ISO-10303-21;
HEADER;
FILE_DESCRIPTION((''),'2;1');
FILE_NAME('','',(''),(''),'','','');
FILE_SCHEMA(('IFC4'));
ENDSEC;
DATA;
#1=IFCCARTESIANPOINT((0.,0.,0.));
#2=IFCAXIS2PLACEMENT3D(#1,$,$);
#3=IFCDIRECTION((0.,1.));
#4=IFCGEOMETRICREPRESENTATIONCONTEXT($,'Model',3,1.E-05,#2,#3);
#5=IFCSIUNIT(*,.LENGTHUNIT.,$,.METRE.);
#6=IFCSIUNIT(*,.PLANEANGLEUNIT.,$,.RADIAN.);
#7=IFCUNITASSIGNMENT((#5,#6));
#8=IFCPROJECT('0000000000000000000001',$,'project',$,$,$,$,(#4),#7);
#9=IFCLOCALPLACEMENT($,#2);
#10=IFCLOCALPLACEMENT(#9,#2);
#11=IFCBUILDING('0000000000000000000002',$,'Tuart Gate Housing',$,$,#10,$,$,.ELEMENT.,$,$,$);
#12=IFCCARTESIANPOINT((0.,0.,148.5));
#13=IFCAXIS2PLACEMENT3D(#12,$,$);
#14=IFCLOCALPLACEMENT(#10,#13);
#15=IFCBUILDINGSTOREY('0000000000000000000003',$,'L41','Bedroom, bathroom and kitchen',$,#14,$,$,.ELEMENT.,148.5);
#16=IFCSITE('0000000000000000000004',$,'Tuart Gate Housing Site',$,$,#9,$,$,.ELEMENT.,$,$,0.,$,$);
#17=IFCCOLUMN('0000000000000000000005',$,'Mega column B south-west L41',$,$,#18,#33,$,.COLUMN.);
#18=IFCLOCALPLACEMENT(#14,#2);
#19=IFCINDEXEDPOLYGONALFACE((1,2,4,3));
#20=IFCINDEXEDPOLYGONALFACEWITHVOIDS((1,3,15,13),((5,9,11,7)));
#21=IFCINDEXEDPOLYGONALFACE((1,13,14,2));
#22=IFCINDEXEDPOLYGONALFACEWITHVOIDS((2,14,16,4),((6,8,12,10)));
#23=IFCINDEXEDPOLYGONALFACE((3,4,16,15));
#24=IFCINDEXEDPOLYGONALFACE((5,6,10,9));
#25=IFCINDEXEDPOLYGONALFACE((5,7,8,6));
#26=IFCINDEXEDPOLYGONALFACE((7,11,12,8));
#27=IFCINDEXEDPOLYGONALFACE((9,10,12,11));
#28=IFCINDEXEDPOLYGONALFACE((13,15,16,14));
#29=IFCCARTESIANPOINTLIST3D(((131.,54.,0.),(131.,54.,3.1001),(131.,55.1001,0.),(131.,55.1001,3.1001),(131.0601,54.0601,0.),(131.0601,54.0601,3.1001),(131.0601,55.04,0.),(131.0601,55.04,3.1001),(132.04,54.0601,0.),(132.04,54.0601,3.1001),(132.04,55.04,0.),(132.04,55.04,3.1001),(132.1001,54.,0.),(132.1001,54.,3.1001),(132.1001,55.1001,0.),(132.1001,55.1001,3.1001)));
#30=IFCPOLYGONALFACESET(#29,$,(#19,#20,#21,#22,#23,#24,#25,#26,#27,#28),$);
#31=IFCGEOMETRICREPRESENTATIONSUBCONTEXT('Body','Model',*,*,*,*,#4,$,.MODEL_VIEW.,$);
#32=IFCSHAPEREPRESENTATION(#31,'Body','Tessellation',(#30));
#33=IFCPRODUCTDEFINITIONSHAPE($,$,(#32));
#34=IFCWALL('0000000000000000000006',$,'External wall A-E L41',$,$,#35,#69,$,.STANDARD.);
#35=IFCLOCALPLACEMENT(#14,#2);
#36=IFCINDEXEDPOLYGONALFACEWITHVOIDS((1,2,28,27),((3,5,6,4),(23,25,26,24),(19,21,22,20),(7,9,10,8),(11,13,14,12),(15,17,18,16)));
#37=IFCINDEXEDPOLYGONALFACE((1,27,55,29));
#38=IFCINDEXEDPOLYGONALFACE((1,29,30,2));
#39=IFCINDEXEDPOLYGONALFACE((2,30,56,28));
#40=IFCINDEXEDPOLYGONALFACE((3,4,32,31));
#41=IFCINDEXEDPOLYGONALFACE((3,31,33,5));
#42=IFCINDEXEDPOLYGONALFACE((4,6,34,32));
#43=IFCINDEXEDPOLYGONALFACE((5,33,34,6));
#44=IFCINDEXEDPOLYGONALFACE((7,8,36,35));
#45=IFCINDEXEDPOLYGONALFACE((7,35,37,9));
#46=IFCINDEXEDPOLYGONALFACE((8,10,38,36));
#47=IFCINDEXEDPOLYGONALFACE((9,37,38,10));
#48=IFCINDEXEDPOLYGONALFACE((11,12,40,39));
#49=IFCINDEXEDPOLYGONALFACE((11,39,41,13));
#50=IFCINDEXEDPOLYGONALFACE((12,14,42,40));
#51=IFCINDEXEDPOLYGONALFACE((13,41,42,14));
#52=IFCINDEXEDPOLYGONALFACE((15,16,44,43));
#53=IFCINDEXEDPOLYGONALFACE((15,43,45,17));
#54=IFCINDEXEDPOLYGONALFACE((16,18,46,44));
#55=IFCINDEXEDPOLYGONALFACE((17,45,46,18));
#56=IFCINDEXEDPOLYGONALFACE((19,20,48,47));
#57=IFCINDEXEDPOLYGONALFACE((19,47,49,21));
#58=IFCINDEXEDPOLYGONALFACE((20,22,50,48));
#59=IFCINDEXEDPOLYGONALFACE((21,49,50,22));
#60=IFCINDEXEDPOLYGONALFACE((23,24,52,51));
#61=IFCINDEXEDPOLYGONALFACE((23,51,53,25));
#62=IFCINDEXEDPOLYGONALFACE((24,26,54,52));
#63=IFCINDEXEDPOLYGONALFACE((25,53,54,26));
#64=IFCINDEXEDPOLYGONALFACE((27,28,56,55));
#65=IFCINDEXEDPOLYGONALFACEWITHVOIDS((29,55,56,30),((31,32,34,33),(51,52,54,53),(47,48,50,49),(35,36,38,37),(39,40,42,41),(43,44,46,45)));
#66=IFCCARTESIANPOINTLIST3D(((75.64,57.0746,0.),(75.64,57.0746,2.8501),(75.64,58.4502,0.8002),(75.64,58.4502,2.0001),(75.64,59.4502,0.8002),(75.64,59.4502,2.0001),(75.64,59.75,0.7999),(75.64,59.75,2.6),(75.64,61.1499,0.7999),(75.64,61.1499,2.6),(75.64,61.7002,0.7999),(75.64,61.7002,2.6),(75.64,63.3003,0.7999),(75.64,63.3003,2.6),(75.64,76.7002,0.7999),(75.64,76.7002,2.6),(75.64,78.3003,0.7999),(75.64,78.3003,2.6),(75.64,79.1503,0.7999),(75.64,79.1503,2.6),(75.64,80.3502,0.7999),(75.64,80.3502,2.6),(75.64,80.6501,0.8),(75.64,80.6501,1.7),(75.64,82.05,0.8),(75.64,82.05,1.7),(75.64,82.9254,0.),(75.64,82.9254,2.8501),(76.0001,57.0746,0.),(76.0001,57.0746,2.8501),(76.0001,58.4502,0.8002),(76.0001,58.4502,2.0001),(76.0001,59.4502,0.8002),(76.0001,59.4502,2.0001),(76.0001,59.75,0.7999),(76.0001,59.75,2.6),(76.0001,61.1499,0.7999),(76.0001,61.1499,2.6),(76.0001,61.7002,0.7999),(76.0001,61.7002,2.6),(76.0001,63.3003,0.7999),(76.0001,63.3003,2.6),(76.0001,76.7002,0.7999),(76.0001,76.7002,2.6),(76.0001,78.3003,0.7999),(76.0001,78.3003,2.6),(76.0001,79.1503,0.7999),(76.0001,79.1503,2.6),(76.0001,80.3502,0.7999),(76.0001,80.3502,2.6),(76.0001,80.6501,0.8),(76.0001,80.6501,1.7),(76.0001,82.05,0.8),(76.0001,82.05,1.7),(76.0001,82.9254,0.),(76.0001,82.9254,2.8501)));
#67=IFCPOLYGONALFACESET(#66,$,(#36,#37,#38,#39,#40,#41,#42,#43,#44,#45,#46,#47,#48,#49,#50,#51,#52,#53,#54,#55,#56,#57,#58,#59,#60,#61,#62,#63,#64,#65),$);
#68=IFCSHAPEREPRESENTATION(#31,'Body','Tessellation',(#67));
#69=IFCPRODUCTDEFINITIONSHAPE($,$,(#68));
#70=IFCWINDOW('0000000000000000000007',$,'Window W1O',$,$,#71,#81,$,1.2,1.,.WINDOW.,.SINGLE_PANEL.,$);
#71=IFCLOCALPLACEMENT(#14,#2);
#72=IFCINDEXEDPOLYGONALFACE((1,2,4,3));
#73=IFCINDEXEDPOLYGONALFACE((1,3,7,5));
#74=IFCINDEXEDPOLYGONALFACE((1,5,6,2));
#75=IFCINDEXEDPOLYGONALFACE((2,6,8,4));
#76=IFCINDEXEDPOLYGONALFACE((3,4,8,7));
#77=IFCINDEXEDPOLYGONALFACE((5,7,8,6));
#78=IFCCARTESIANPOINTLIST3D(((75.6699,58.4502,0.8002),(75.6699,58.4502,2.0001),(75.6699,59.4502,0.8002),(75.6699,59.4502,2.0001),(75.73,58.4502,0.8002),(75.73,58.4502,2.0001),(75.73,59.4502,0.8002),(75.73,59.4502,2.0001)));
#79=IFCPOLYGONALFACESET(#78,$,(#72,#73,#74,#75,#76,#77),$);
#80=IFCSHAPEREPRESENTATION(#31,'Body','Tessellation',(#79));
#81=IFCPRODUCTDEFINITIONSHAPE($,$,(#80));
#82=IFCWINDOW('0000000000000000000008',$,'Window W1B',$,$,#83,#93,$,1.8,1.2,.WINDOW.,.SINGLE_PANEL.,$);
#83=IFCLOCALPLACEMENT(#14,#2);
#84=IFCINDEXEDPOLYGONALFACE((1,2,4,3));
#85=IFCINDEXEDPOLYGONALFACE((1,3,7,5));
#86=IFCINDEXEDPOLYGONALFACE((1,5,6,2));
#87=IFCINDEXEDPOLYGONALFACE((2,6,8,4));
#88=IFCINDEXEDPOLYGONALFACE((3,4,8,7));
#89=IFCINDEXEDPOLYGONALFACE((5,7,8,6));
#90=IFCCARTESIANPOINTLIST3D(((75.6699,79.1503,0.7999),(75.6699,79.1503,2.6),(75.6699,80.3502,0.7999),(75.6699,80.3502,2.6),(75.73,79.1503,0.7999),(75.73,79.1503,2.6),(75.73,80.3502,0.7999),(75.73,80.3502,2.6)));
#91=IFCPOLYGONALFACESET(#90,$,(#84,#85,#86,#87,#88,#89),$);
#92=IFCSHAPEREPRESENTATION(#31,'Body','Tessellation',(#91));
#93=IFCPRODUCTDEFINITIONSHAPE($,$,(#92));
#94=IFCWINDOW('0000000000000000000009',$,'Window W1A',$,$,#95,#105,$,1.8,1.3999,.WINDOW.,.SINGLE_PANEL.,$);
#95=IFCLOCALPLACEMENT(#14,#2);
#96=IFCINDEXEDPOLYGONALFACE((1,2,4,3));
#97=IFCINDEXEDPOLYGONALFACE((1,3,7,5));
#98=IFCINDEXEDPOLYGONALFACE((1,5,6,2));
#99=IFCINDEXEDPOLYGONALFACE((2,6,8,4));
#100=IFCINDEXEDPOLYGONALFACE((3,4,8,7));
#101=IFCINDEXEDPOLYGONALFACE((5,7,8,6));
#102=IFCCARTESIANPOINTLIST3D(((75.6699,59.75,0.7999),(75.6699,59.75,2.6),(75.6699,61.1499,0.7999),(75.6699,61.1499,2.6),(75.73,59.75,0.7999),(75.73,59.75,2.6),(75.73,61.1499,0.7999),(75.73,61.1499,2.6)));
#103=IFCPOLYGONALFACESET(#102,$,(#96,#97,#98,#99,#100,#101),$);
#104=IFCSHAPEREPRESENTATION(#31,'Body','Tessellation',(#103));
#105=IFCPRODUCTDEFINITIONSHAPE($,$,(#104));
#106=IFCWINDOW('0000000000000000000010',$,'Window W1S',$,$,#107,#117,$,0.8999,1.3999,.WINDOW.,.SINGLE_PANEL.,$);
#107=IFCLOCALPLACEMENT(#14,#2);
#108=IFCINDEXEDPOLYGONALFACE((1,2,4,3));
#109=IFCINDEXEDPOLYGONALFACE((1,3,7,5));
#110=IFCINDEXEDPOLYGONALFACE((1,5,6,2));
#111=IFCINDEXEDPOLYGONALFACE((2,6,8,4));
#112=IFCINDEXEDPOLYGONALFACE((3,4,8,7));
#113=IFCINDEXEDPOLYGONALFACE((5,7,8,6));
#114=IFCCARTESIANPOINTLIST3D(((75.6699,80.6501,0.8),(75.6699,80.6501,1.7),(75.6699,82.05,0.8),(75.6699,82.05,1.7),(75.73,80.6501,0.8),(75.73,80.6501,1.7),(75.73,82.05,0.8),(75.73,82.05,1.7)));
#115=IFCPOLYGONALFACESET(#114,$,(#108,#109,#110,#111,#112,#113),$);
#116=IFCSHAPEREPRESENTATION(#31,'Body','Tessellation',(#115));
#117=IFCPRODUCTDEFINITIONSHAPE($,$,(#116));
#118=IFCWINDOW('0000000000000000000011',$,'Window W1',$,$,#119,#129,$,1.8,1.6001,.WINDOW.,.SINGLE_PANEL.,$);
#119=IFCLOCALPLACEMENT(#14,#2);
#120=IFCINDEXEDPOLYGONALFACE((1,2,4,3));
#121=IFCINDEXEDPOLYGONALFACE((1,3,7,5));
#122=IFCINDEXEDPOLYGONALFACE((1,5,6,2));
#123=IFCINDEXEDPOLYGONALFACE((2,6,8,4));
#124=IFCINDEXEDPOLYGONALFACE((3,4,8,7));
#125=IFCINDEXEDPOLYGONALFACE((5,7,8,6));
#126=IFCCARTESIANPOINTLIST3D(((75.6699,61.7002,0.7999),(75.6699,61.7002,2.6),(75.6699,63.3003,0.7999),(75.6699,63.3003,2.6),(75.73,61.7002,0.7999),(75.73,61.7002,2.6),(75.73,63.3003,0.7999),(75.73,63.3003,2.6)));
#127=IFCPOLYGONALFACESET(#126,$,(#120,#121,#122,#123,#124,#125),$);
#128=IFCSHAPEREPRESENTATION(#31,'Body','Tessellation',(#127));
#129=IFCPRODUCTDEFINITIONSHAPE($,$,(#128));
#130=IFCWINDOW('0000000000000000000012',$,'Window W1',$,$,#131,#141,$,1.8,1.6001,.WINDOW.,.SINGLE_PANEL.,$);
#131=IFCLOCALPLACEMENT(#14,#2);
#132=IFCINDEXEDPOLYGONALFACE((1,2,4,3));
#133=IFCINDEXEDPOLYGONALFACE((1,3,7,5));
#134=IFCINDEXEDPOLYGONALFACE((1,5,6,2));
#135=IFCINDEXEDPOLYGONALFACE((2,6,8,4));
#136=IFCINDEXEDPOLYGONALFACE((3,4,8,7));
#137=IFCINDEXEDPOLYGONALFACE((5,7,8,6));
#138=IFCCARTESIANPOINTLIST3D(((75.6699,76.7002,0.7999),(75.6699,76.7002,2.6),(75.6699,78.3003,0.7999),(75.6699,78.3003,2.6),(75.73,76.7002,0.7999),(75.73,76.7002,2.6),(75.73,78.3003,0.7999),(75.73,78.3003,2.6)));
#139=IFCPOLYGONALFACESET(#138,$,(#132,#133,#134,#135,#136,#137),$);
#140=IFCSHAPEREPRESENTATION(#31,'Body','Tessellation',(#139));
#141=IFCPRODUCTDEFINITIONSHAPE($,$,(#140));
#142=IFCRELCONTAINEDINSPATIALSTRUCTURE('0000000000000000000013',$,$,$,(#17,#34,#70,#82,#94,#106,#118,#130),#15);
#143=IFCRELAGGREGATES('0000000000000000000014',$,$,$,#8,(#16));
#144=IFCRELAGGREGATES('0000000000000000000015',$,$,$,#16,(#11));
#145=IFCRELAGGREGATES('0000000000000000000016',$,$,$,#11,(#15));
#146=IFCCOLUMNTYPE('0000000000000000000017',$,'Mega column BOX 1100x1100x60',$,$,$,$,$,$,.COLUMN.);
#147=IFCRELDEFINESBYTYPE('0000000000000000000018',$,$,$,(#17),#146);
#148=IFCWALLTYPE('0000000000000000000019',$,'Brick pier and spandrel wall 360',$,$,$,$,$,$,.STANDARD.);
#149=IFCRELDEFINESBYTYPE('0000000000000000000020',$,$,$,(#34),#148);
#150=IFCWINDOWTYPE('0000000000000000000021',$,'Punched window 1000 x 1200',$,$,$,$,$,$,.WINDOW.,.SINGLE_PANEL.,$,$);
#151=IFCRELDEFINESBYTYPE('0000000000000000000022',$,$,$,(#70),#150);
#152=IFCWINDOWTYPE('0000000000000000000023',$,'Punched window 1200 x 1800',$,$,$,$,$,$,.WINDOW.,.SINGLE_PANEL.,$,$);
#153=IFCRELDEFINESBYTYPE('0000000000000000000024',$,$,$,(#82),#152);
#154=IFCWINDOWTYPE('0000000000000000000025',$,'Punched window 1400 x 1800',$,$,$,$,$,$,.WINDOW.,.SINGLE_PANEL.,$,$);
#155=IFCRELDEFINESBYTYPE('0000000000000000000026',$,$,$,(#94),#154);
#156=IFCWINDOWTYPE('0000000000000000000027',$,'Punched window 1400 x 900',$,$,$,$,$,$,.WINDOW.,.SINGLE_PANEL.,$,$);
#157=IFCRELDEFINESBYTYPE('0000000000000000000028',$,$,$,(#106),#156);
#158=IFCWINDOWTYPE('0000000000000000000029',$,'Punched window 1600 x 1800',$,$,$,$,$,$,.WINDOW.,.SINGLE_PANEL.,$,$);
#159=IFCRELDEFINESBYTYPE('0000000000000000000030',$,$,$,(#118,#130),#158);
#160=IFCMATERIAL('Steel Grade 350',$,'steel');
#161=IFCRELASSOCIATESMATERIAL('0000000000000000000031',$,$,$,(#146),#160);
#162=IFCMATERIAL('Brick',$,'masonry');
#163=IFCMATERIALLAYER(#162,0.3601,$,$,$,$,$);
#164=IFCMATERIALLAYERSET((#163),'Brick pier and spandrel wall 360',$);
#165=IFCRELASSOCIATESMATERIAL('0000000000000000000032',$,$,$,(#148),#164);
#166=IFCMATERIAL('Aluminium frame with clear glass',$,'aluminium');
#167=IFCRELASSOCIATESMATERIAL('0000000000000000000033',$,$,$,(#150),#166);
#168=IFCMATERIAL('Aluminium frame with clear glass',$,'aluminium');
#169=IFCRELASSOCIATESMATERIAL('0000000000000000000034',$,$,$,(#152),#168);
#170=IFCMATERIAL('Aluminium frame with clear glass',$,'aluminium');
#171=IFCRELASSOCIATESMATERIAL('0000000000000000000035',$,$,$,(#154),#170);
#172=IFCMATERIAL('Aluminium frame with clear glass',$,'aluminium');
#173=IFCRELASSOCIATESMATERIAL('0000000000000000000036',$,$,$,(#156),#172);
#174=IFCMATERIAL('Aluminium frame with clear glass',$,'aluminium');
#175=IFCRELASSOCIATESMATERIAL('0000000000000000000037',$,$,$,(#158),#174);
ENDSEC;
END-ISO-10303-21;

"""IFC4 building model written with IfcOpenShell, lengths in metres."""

from ifc_helpers import new_model, si_unit, direction, frame, frame_2d, origin, origin_2d, place, context, subcontext, project, spatial, rectangle, hollow_rectangle, extrude, material, layer, layer_set, material_profile, profile_set, type_object, element, fill, save


model = new_model("IFC4")

# Units and contexts
model_context = context("Model", 3, precision=1e-05, world=origin(), true_north=direction((0.0, 1.0)))
body_context = subcontext(model_context, "Body", "Model", "MODEL_VIEW")
ifc_project = project(units=[si_unit("LENGTHUNIT", "METRE"), si_unit("PLANEANGLEUNIT", "RADIAN")], contexts=[model_context])

# Site, building, storey
site_placement = place(None, origin())
site = spatial("IfcSite", under=ifc_project, at=site_placement, Name="Tuart Gate Housing Site", CompositionType="ELEMENT", RefElevation=0.0)
building_placement = place(site_placement, origin())
building = spatial("IfcBuilding", under=site, at=building_placement, Name="Tuart Gate Housing", CompositionType="ELEMENT")
storey_placement = place(building_placement, frame((0.0, 0.0, 148.5)))
storey = spatial("IfcBuildingStorey", under=building, at=storey_placement, Name="L41", Description="Bedroom, bathroom and kitchen", CompositionType="ELEMENT", Elevation=148.5)

# Column
ifc_material_1 = material(Name="Steel Grade 350", Category="steel")
ifc_material_profile = material_profile(ifc_material_1, hollow_rectangle(XDim=1.1001, YDim=1.1001, WallThickness=0.0601, at=origin_2d()), Name="BOX 1100x1100x60")
ifc_profile_set = profile_set([ifc_material_profile], Name="Steel Grade 350")
column_type = type_object("IfcColumnType", Name="Mega column BOX 1100x1100x60", PredefinedType="COLUMN", material=ifc_profile_set)
column_placement = place(storey_placement, frame((131.55, 54.55, 0.0), z_axis=(0.0, 0.0, 1.0), x_axis=(1.0, 0.0, 0.0)))
element("IfcColumn", 1, at=column_placement, inside=storey, type_object=column_type, Name="Mega column B south-west L41", PredefinedType="COLUMN", context=body_context, shape_type="SweptSolid", body=[
    extrude(hollow_rectangle(XDim=1.1001, YDim=1.1001, WallThickness=0.0601, at=origin_2d()), origin(), (0.0, 0.0, 1.0), 3.1001),
])

# Wall, openings, windows
ifc_material_2 = material(Name="Brick", Category="masonry")
ifc_layer_1 = layer(ifc_material_2, 0.3601)
ifc_layer_set_1 = layer_set([ifc_layer_1], Name="Brick pier and spandrel wall 360")
wall_type_1 = type_object("IfcWallType", Name="Brick pier and spandrel wall 360", PredefinedType="STANDARD", material=ifc_layer_set_1)
wall_1_placement = place(storey_placement, frame((75.8201, 57.0747, 0.0), z_axis=(0.0, 0.0, 1.0), x_axis=(0.0, 1.0, 0.0)))
wall_1 = element("IfcWall", 2, at=wall_1_placement, inside=storey, type_object=wall_type_1, Name="External wall A-E L41", PredefinedType="STANDARD", context=body_context, shape_type="SweptSolid", body=[
    extrude(rectangle(XDim=25.8508, YDim=0.3601, at=frame_2d((12.9253, 0.0))), origin(), (0.0, 0.0, 1.0), 2.8501),
])
opening_1_placement = place(wall_1_placement, frame((1.3755, 0.0, 0.8)))
opening_1 = element("IfcOpeningElement", 3, at=opening_1_placement, cuts=wall_1, PredefinedType="OPENING", context=body_context, shape_type="SweptSolid", body=[
    extrude(rectangle(XDim=1.0, YDim=1.2, at=frame_2d((0.5, 0.6001))), frame((0.0, 0.1899, 0.0), z_axis=(0.0, -1.0, 0.0), x_axis=(1.0, 0.0, 0.0)), (0.0, 0.0, 1.0), 0.3801),
])
opening_2_placement = place(wall_1_placement, frame((4.6255, 0.0, 0.8)))
opening_2 = element("IfcOpeningElement", 4, at=opening_2_placement, cuts=wall_1, PredefinedType="OPENING", context=body_context, shape_type="SweptSolid", body=[
    extrude(rectangle(XDim=1.6001, YDim=1.8, at=frame_2d((0.8, 0.8999))), frame((0.0, 0.1899, 0.0), z_axis=(0.0, -1.0, 0.0), x_axis=(1.0, 0.0, 0.0)), (0.0, 0.0, 1.0), 0.3801),
])
opening_3_placement = place(wall_1_placement, frame((19.6255, 0.0, 0.8)))
opening_3 = element("IfcOpeningElement", 5, at=opening_3_placement, cuts=wall_1, PredefinedType="OPENING", context=body_context, shape_type="SweptSolid", body=[
    extrude(rectangle(XDim=1.6001, YDim=1.8, at=frame_2d((0.8, 0.8999))), frame((0.0, 0.1899, 0.0), z_axis=(0.0, -1.0, 0.0), x_axis=(1.0, 0.0, 0.0)), (0.0, 0.0, 1.0), 0.3801),
])
opening_4_placement = place(wall_1_placement, frame((22.0754, 0.0, 0.8)))
opening_4 = element("IfcOpeningElement", 6, at=opening_4_placement, cuts=wall_1, PredefinedType="OPENING", context=body_context, shape_type="SweptSolid", body=[
    extrude(rectangle(XDim=1.2, YDim=1.8, at=frame_2d((0.6001, 0.8999))), frame((0.0, 0.1899, 0.0), z_axis=(0.0, -1.0, 0.0), x_axis=(1.0, 0.0, 0.0)), (0.0, 0.0, 1.0), 0.3801),
])
opening_5_placement = place(wall_1_placement, frame((2.6753, 0.0, 0.8)))
opening_5 = element("IfcOpeningElement", 7, at=opening_5_placement, cuts=wall_1, PredefinedType="OPENING", context=body_context, shape_type="SweptSolid", body=[
    extrude(rectangle(XDim=1.3999, YDim=1.8, at=frame_2d((0.7, 0.8999))), frame((0.0, 0.1899, 0.0), z_axis=(0.0, -1.0, 0.0), x_axis=(1.0, 0.0, 0.0)), (0.0, 0.0, 1.0), 0.3801),
])
opening_6_placement = place(wall_1_placement, frame((23.5754, 0.0, 0.8)))
opening_6 = element("IfcOpeningElement", 8, at=opening_6_placement, cuts=wall_1, PredefinedType="OPENING", context=body_context, shape_type="SweptSolid", body=[
    extrude(rectangle(XDim=1.3999, YDim=0.8999, at=frame_2d((0.7, 0.45))), frame((0.0, 0.1899, 0.0), z_axis=(0.0, -1.0, 0.0), x_axis=(1.0, 0.0, 0.0)), (0.0, 0.0, 1.0), 0.3801),
])
ifc_material_3 = material(Name="Aluminium frame with clear glass", Category="aluminium")
window_type_1 = type_object("IfcWindowType", Name="Punched window 1000 x 1200", PartitioningType="SINGLE_PANEL", PredefinedType="WINDOW", material=ifc_material_3)
window_1_placement = place(opening_1_placement, origin())
window_1 = element("IfcWindow", 9, at=window_1_placement, inside=storey, type_object=window_type_1, Name="Window W1O", OverallHeight=1.2, OverallWidth=1.0, PartitioningType="SINGLE_PANEL", PredefinedType="WINDOW", context=body_context, shape_type="SweptSolid", body=[
    extrude(rectangle(XDim=1.0, YDim=1.2, at=frame_2d((0.5, 0.6001))), frame((0.0, 0.1501, 0.0), z_axis=(0.0, -1.0, 0.0), x_axis=(1.0, 0.0, 0.0)), (0.0, 0.0, 1.0), 0.0601),
])
fill(opening_1, window_1)
ifc_material_4 = material(Name="Aluminium frame with clear glass", Category="aluminium")
window_type_2 = type_object("IfcWindowType", Name="Punched window 1200 x 1800", PartitioningType="SINGLE_PANEL", PredefinedType="WINDOW", material=ifc_material_4)
window_2_placement = place(opening_4_placement, origin())
window_2 = element("IfcWindow", 10, at=window_2_placement, inside=storey, type_object=window_type_2, Name="Window W1B", OverallHeight=1.8, OverallWidth=1.2, PartitioningType="SINGLE_PANEL", PredefinedType="WINDOW", context=body_context, shape_type="SweptSolid", body=[
    extrude(rectangle(XDim=1.2, YDim=1.8, at=frame_2d((0.6001, 0.8999))), frame((0.0, 0.1501, 0.0), z_axis=(0.0, -1.0, 0.0), x_axis=(1.0, 0.0, 0.0)), (0.0, 0.0, 1.0), 0.0601),
])
fill(opening_4, window_2)
ifc_material_5 = material(Name="Aluminium frame with clear glass", Category="aluminium")
window_type_3 = type_object("IfcWindowType", Name="Punched window 1400 x 1800", PartitioningType="SINGLE_PANEL", PredefinedType="WINDOW", material=ifc_material_5)
window_3_placement = place(opening_5_placement, origin())
window_3 = element("IfcWindow", 11, at=window_3_placement, inside=storey, type_object=window_type_3, Name="Window W1A", OverallHeight=1.8, OverallWidth=1.3999, PartitioningType="SINGLE_PANEL", PredefinedType="WINDOW", context=body_context, shape_type="SweptSolid", body=[
    extrude(rectangle(XDim=1.3999, YDim=1.8, at=frame_2d((0.7, 0.8999))), frame((0.0, 0.1501, 0.0), z_axis=(0.0, -1.0, 0.0), x_axis=(1.0, 0.0, 0.0)), (0.0, 0.0, 1.0), 0.0601),
])
fill(opening_5, window_3)
ifc_material_6 = material(Name="Aluminium frame with clear glass", Category="aluminium")
window_type_4 = type_object("IfcWindowType", Name="Punched window 1400 x 900", PartitioningType="SINGLE_PANEL", PredefinedType="WINDOW", material=ifc_material_6)
window_4_placement = place(opening_6_placement, origin())
window_4 = element("IfcWindow", 12, at=window_4_placement, inside=storey, type_object=window_type_4, Name="Window W1S", OverallHeight=0.8999, OverallWidth=1.3999, PartitioningType="SINGLE_PANEL", PredefinedType="WINDOW", context=body_context, shape_type="SweptSolid", body=[
    extrude(rectangle(XDim=1.3999, YDim=0.8999, at=frame_2d((0.7, 0.45))), frame((0.0, 0.1501, 0.0), z_axis=(0.0, -1.0, 0.0), x_axis=(1.0, 0.0, 0.0)), (0.0, 0.0, 1.0), 0.0601),
])
fill(opening_6, window_4)
ifc_material_7 = material(Name="Aluminium frame with clear glass", Category="aluminium")
window_type_5 = type_object("IfcWindowType", Name="Punched window 1600 x 1800", PartitioningType="SINGLE_PANEL", PredefinedType="WINDOW", material=ifc_material_7)
window_5_placement = place(opening_2_placement, origin())
window_5 = element("IfcWindow", 13, at=window_5_placement, inside=storey, type_object=window_type_5, Name="Window W1", OverallHeight=1.8, OverallWidth=1.6001, PartitioningType="SINGLE_PANEL", PredefinedType="WINDOW", context=body_context, shape_type="SweptSolid", body=[
    extrude(rectangle(XDim=1.6001, YDim=1.8, at=frame_2d((0.8, 0.8999))), frame((0.0, 0.1501, 0.0), z_axis=(0.0, -1.0, 0.0), x_axis=(1.0, 0.0, 0.0)), (0.0, 0.0, 1.0), 0.0601),
])
fill(opening_2, window_5)
window_6_placement = place(opening_3_placement, origin())
window_6 = element("IfcWindow", 14, at=window_6_placement, inside=storey, type_object=window_type_5, Name="Window W1", OverallHeight=1.8, OverallWidth=1.6001, PartitioningType="SINGLE_PANEL", PredefinedType="WINDOW", context=body_context, shape_type="SweptSolid", body=[
    extrude(rectangle(XDim=1.6001, YDim=1.8, at=frame_2d((0.8, 0.8999))), frame((0.0, 0.1501, 0.0), z_axis=(0.0, -1.0, 0.0), x_axis=(1.0, 0.0, 0.0)), (0.0, 0.0, 1.0), 0.0601),
])
fill(opening_3, window_6)

save(model, "model.ifc")
